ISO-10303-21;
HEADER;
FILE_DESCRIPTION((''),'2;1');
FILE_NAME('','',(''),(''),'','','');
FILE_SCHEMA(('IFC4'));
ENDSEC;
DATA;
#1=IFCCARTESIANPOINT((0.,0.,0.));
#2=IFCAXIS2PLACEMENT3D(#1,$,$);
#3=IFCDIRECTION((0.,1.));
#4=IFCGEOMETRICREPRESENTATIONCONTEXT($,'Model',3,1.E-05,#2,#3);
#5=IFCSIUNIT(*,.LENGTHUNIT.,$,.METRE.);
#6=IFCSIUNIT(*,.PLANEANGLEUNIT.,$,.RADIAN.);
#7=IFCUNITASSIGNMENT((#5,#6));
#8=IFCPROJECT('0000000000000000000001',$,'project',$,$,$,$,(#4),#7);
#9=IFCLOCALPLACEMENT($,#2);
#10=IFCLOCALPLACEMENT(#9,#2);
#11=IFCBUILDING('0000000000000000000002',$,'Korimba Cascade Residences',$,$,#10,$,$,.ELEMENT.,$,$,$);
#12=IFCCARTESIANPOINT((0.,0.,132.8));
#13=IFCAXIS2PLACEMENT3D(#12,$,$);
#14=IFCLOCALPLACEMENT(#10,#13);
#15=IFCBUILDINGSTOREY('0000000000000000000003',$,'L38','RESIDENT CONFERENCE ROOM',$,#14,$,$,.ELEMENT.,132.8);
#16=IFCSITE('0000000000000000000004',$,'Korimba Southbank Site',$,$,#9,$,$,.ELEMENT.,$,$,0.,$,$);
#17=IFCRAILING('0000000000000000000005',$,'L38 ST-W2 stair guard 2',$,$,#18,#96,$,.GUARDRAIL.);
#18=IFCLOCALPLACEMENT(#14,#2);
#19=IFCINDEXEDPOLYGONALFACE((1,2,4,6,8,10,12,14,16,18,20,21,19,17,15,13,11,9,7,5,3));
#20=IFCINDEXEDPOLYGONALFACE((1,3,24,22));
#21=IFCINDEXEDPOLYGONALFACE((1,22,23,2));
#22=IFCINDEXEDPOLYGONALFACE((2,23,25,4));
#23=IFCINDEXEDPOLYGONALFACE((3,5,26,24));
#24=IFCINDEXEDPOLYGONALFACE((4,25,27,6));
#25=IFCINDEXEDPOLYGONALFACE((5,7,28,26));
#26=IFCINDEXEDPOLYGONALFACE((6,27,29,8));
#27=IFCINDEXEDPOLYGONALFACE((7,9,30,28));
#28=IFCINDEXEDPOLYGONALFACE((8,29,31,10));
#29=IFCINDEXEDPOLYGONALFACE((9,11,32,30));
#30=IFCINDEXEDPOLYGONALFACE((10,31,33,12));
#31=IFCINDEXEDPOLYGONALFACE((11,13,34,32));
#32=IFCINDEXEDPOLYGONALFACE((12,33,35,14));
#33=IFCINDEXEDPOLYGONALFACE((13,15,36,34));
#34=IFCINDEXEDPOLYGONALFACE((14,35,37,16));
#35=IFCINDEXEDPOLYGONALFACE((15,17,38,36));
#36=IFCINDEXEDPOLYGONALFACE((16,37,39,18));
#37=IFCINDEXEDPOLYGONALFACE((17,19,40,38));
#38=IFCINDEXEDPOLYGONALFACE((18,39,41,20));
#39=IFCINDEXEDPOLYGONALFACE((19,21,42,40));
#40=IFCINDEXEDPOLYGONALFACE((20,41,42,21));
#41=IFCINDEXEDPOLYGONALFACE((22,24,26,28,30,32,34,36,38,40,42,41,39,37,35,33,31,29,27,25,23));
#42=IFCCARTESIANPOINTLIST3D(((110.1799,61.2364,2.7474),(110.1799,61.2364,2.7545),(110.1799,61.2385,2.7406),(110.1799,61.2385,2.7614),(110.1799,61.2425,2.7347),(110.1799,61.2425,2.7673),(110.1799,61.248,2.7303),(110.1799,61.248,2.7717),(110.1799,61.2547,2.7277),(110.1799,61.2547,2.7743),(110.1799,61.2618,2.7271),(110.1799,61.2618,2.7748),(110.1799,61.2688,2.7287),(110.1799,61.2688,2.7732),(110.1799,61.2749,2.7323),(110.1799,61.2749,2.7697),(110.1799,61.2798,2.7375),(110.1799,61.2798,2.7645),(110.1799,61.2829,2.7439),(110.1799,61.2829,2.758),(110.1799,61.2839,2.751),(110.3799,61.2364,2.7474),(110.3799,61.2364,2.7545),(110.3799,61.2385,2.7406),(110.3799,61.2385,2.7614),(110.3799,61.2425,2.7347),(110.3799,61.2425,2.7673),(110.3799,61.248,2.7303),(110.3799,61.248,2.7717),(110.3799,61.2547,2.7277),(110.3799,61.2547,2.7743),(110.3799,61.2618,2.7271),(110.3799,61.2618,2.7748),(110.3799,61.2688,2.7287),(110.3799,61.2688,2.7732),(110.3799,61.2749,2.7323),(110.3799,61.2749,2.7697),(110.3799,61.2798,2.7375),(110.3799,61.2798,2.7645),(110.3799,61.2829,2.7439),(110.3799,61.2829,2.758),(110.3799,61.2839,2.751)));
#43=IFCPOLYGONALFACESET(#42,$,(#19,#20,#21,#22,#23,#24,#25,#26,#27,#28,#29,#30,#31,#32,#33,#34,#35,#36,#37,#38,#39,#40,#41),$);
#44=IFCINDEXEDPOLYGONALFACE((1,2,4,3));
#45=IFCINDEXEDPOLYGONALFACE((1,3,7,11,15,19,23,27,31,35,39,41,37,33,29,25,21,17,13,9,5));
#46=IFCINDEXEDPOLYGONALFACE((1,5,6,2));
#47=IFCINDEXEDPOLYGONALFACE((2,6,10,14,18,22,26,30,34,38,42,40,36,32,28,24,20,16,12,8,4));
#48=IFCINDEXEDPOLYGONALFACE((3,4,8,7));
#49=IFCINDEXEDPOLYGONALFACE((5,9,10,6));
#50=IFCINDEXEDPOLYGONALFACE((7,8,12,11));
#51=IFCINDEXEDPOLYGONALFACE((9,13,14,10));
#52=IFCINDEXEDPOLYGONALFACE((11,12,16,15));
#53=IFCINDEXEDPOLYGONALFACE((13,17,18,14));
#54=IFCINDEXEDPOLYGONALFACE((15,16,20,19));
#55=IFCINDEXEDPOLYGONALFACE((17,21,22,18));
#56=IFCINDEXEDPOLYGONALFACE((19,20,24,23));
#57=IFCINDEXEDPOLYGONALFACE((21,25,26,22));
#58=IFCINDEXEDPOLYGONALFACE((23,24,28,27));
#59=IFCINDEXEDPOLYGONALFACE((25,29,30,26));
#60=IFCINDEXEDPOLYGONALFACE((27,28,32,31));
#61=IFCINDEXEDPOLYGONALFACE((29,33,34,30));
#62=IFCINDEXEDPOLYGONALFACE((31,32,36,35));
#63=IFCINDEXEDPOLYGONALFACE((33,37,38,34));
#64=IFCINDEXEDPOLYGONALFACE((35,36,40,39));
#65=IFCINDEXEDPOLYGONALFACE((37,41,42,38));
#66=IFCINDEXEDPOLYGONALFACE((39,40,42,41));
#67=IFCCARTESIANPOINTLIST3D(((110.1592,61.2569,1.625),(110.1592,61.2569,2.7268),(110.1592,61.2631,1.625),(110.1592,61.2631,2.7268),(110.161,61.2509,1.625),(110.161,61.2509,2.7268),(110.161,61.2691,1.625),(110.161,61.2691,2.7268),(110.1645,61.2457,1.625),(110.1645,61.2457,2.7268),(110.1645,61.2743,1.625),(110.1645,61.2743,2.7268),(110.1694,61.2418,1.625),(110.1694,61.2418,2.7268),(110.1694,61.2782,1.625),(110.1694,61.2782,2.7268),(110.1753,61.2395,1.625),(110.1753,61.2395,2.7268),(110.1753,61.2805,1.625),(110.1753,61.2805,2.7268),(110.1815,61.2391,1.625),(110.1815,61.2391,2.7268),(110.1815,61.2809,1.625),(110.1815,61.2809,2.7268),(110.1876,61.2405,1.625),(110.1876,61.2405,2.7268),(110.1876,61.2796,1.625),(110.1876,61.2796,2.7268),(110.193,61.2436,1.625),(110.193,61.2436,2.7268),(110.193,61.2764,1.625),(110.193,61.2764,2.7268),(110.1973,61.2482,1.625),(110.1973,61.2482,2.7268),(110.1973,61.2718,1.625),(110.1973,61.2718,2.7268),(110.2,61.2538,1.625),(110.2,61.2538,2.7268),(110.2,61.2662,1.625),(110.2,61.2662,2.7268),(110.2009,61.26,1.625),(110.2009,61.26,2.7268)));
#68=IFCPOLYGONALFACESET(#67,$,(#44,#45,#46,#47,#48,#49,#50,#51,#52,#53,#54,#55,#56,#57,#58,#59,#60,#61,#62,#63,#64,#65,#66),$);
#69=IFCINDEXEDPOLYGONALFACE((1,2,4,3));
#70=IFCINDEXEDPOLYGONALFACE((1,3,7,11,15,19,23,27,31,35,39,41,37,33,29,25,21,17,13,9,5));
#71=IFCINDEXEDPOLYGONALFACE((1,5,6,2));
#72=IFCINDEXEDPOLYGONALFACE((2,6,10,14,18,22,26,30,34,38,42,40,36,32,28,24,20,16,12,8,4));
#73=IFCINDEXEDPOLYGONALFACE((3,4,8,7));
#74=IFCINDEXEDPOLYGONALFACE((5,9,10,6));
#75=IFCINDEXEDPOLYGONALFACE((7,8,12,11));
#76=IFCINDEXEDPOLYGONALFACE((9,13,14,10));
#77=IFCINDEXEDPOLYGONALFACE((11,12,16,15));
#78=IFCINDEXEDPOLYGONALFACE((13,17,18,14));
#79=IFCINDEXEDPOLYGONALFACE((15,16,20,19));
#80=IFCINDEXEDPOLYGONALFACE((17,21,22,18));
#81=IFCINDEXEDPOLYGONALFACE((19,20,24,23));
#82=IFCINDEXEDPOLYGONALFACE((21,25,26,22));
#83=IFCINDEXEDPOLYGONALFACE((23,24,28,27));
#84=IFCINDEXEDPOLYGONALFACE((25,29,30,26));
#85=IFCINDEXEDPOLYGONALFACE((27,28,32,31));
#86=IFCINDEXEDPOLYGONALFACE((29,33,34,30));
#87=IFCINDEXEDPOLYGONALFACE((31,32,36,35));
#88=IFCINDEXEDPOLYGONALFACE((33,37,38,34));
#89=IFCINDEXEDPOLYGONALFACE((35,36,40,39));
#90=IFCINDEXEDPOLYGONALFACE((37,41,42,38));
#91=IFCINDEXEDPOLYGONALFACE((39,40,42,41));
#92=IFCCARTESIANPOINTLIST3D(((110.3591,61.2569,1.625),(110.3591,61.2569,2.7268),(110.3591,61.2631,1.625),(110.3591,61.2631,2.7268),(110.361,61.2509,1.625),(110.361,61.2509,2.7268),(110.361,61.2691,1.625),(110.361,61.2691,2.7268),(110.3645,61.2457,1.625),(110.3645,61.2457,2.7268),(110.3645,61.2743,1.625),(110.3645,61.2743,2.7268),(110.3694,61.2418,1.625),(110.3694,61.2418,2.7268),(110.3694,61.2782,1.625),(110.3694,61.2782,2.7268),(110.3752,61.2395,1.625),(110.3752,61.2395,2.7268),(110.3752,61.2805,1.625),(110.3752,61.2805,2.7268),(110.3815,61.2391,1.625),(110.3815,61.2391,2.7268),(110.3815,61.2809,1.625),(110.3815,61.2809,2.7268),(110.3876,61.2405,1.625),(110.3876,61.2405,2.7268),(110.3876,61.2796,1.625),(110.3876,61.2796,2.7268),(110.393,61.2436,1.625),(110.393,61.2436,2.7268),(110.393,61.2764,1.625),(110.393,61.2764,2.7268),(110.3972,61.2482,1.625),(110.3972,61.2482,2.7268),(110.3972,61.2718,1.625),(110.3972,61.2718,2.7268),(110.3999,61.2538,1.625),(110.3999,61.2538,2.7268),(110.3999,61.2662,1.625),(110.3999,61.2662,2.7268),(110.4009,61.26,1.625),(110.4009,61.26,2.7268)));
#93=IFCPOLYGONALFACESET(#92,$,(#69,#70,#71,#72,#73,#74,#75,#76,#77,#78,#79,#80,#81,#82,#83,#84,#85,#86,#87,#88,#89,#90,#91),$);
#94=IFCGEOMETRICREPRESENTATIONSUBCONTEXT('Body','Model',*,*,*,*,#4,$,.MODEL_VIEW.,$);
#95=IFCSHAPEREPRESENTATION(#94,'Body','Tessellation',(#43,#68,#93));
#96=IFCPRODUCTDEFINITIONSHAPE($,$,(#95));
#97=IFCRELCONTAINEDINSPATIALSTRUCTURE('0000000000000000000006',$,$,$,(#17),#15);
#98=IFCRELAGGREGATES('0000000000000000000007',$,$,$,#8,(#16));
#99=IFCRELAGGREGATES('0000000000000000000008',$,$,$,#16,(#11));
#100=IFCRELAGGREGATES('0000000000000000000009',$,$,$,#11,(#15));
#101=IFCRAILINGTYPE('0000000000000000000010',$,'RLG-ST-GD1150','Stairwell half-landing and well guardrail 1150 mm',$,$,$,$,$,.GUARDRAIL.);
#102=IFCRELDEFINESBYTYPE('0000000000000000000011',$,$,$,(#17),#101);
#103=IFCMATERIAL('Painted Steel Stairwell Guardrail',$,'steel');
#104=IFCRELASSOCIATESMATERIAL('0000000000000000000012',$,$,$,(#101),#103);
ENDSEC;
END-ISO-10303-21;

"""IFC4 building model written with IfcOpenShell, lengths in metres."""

from ifc_helpers import new_model, si_unit, direction, frame, origin, origin_2d, place, context, subcontext, project, spatial, circle, extrude, material, type_object, element, save


model = new_model("IFC4")

# Units and contexts
model_context = context("Model", 3, precision=1e-05, world=origin(), true_north=direction((0.0, 1.0)))
body_context = subcontext(model_context, "Body", "Model", "MODEL_VIEW")
ifc_project = project(units=[si_unit("LENGTHUNIT", "METRE"), si_unit("PLANEANGLEUNIT", "RADIAN")], contexts=[model_context])

# Site, building, storey
site_placement = place(None, origin())
site = spatial("IfcSite", under=ifc_project, at=site_placement, Name="Korimba Southbank Site", CompositionType="ELEMENT", RefElevation=0.0)
building_placement = place(site_placement, origin())
building = spatial("IfcBuilding", under=site, at=building_placement, Name="Korimba Cascade Residences", CompositionType="ELEMENT")
storey_placement = place(building_placement, frame((0.0, 0.0, 132.8)))
storey = spatial("IfcBuildingStorey", under=building, at=storey_placement, Name="L38", Description="RESIDENT CONFERENCE ROOM", CompositionType="ELEMENT", Elevation=132.8)

# Railing
ifc_material_1 = material(Name="Painted Steel Stairwell Guardrail", Category="steel")
railing_type_1 = type_object("IfcRailingType", Name="RLG-ST-GD1150", Description="Stairwell half-landing and well guardrail 1150 mm", PredefinedType="GUARDRAIL", material=ifc_material_1)
railing_1_placement = place(storey_placement, frame((110.1799, 61.26, 1.625)))
element("IfcRailing", 1, at=railing_1_placement, inside=storey, type_object=railing_type_1, Name="L38 ST-W2 stair guard 2", PredefinedType="GUARDRAIL", context=body_context, shape_type="SweptSolid", body=[
    extrude(circle(Radius=0.0239, at=origin_2d()), frame((0.0, 0.0, 1.126), z_axis=(1.0, 0.0, 0.0), x_axis=(0.0, 1.0, 0.0)), (0.0, 0.0, 1.0), 0.2),
    extrude(circle(Radius=0.021, at=origin_2d()), origin(), (0.0, 0.0, 1.0), 1.1018),
    extrude(circle(Radius=0.021, at=origin_2d()), frame((0.2, 0.0, 0.0)), (0.0, 0.0, 1.0), 1.1018),
])

save(model, "model.ifc")
